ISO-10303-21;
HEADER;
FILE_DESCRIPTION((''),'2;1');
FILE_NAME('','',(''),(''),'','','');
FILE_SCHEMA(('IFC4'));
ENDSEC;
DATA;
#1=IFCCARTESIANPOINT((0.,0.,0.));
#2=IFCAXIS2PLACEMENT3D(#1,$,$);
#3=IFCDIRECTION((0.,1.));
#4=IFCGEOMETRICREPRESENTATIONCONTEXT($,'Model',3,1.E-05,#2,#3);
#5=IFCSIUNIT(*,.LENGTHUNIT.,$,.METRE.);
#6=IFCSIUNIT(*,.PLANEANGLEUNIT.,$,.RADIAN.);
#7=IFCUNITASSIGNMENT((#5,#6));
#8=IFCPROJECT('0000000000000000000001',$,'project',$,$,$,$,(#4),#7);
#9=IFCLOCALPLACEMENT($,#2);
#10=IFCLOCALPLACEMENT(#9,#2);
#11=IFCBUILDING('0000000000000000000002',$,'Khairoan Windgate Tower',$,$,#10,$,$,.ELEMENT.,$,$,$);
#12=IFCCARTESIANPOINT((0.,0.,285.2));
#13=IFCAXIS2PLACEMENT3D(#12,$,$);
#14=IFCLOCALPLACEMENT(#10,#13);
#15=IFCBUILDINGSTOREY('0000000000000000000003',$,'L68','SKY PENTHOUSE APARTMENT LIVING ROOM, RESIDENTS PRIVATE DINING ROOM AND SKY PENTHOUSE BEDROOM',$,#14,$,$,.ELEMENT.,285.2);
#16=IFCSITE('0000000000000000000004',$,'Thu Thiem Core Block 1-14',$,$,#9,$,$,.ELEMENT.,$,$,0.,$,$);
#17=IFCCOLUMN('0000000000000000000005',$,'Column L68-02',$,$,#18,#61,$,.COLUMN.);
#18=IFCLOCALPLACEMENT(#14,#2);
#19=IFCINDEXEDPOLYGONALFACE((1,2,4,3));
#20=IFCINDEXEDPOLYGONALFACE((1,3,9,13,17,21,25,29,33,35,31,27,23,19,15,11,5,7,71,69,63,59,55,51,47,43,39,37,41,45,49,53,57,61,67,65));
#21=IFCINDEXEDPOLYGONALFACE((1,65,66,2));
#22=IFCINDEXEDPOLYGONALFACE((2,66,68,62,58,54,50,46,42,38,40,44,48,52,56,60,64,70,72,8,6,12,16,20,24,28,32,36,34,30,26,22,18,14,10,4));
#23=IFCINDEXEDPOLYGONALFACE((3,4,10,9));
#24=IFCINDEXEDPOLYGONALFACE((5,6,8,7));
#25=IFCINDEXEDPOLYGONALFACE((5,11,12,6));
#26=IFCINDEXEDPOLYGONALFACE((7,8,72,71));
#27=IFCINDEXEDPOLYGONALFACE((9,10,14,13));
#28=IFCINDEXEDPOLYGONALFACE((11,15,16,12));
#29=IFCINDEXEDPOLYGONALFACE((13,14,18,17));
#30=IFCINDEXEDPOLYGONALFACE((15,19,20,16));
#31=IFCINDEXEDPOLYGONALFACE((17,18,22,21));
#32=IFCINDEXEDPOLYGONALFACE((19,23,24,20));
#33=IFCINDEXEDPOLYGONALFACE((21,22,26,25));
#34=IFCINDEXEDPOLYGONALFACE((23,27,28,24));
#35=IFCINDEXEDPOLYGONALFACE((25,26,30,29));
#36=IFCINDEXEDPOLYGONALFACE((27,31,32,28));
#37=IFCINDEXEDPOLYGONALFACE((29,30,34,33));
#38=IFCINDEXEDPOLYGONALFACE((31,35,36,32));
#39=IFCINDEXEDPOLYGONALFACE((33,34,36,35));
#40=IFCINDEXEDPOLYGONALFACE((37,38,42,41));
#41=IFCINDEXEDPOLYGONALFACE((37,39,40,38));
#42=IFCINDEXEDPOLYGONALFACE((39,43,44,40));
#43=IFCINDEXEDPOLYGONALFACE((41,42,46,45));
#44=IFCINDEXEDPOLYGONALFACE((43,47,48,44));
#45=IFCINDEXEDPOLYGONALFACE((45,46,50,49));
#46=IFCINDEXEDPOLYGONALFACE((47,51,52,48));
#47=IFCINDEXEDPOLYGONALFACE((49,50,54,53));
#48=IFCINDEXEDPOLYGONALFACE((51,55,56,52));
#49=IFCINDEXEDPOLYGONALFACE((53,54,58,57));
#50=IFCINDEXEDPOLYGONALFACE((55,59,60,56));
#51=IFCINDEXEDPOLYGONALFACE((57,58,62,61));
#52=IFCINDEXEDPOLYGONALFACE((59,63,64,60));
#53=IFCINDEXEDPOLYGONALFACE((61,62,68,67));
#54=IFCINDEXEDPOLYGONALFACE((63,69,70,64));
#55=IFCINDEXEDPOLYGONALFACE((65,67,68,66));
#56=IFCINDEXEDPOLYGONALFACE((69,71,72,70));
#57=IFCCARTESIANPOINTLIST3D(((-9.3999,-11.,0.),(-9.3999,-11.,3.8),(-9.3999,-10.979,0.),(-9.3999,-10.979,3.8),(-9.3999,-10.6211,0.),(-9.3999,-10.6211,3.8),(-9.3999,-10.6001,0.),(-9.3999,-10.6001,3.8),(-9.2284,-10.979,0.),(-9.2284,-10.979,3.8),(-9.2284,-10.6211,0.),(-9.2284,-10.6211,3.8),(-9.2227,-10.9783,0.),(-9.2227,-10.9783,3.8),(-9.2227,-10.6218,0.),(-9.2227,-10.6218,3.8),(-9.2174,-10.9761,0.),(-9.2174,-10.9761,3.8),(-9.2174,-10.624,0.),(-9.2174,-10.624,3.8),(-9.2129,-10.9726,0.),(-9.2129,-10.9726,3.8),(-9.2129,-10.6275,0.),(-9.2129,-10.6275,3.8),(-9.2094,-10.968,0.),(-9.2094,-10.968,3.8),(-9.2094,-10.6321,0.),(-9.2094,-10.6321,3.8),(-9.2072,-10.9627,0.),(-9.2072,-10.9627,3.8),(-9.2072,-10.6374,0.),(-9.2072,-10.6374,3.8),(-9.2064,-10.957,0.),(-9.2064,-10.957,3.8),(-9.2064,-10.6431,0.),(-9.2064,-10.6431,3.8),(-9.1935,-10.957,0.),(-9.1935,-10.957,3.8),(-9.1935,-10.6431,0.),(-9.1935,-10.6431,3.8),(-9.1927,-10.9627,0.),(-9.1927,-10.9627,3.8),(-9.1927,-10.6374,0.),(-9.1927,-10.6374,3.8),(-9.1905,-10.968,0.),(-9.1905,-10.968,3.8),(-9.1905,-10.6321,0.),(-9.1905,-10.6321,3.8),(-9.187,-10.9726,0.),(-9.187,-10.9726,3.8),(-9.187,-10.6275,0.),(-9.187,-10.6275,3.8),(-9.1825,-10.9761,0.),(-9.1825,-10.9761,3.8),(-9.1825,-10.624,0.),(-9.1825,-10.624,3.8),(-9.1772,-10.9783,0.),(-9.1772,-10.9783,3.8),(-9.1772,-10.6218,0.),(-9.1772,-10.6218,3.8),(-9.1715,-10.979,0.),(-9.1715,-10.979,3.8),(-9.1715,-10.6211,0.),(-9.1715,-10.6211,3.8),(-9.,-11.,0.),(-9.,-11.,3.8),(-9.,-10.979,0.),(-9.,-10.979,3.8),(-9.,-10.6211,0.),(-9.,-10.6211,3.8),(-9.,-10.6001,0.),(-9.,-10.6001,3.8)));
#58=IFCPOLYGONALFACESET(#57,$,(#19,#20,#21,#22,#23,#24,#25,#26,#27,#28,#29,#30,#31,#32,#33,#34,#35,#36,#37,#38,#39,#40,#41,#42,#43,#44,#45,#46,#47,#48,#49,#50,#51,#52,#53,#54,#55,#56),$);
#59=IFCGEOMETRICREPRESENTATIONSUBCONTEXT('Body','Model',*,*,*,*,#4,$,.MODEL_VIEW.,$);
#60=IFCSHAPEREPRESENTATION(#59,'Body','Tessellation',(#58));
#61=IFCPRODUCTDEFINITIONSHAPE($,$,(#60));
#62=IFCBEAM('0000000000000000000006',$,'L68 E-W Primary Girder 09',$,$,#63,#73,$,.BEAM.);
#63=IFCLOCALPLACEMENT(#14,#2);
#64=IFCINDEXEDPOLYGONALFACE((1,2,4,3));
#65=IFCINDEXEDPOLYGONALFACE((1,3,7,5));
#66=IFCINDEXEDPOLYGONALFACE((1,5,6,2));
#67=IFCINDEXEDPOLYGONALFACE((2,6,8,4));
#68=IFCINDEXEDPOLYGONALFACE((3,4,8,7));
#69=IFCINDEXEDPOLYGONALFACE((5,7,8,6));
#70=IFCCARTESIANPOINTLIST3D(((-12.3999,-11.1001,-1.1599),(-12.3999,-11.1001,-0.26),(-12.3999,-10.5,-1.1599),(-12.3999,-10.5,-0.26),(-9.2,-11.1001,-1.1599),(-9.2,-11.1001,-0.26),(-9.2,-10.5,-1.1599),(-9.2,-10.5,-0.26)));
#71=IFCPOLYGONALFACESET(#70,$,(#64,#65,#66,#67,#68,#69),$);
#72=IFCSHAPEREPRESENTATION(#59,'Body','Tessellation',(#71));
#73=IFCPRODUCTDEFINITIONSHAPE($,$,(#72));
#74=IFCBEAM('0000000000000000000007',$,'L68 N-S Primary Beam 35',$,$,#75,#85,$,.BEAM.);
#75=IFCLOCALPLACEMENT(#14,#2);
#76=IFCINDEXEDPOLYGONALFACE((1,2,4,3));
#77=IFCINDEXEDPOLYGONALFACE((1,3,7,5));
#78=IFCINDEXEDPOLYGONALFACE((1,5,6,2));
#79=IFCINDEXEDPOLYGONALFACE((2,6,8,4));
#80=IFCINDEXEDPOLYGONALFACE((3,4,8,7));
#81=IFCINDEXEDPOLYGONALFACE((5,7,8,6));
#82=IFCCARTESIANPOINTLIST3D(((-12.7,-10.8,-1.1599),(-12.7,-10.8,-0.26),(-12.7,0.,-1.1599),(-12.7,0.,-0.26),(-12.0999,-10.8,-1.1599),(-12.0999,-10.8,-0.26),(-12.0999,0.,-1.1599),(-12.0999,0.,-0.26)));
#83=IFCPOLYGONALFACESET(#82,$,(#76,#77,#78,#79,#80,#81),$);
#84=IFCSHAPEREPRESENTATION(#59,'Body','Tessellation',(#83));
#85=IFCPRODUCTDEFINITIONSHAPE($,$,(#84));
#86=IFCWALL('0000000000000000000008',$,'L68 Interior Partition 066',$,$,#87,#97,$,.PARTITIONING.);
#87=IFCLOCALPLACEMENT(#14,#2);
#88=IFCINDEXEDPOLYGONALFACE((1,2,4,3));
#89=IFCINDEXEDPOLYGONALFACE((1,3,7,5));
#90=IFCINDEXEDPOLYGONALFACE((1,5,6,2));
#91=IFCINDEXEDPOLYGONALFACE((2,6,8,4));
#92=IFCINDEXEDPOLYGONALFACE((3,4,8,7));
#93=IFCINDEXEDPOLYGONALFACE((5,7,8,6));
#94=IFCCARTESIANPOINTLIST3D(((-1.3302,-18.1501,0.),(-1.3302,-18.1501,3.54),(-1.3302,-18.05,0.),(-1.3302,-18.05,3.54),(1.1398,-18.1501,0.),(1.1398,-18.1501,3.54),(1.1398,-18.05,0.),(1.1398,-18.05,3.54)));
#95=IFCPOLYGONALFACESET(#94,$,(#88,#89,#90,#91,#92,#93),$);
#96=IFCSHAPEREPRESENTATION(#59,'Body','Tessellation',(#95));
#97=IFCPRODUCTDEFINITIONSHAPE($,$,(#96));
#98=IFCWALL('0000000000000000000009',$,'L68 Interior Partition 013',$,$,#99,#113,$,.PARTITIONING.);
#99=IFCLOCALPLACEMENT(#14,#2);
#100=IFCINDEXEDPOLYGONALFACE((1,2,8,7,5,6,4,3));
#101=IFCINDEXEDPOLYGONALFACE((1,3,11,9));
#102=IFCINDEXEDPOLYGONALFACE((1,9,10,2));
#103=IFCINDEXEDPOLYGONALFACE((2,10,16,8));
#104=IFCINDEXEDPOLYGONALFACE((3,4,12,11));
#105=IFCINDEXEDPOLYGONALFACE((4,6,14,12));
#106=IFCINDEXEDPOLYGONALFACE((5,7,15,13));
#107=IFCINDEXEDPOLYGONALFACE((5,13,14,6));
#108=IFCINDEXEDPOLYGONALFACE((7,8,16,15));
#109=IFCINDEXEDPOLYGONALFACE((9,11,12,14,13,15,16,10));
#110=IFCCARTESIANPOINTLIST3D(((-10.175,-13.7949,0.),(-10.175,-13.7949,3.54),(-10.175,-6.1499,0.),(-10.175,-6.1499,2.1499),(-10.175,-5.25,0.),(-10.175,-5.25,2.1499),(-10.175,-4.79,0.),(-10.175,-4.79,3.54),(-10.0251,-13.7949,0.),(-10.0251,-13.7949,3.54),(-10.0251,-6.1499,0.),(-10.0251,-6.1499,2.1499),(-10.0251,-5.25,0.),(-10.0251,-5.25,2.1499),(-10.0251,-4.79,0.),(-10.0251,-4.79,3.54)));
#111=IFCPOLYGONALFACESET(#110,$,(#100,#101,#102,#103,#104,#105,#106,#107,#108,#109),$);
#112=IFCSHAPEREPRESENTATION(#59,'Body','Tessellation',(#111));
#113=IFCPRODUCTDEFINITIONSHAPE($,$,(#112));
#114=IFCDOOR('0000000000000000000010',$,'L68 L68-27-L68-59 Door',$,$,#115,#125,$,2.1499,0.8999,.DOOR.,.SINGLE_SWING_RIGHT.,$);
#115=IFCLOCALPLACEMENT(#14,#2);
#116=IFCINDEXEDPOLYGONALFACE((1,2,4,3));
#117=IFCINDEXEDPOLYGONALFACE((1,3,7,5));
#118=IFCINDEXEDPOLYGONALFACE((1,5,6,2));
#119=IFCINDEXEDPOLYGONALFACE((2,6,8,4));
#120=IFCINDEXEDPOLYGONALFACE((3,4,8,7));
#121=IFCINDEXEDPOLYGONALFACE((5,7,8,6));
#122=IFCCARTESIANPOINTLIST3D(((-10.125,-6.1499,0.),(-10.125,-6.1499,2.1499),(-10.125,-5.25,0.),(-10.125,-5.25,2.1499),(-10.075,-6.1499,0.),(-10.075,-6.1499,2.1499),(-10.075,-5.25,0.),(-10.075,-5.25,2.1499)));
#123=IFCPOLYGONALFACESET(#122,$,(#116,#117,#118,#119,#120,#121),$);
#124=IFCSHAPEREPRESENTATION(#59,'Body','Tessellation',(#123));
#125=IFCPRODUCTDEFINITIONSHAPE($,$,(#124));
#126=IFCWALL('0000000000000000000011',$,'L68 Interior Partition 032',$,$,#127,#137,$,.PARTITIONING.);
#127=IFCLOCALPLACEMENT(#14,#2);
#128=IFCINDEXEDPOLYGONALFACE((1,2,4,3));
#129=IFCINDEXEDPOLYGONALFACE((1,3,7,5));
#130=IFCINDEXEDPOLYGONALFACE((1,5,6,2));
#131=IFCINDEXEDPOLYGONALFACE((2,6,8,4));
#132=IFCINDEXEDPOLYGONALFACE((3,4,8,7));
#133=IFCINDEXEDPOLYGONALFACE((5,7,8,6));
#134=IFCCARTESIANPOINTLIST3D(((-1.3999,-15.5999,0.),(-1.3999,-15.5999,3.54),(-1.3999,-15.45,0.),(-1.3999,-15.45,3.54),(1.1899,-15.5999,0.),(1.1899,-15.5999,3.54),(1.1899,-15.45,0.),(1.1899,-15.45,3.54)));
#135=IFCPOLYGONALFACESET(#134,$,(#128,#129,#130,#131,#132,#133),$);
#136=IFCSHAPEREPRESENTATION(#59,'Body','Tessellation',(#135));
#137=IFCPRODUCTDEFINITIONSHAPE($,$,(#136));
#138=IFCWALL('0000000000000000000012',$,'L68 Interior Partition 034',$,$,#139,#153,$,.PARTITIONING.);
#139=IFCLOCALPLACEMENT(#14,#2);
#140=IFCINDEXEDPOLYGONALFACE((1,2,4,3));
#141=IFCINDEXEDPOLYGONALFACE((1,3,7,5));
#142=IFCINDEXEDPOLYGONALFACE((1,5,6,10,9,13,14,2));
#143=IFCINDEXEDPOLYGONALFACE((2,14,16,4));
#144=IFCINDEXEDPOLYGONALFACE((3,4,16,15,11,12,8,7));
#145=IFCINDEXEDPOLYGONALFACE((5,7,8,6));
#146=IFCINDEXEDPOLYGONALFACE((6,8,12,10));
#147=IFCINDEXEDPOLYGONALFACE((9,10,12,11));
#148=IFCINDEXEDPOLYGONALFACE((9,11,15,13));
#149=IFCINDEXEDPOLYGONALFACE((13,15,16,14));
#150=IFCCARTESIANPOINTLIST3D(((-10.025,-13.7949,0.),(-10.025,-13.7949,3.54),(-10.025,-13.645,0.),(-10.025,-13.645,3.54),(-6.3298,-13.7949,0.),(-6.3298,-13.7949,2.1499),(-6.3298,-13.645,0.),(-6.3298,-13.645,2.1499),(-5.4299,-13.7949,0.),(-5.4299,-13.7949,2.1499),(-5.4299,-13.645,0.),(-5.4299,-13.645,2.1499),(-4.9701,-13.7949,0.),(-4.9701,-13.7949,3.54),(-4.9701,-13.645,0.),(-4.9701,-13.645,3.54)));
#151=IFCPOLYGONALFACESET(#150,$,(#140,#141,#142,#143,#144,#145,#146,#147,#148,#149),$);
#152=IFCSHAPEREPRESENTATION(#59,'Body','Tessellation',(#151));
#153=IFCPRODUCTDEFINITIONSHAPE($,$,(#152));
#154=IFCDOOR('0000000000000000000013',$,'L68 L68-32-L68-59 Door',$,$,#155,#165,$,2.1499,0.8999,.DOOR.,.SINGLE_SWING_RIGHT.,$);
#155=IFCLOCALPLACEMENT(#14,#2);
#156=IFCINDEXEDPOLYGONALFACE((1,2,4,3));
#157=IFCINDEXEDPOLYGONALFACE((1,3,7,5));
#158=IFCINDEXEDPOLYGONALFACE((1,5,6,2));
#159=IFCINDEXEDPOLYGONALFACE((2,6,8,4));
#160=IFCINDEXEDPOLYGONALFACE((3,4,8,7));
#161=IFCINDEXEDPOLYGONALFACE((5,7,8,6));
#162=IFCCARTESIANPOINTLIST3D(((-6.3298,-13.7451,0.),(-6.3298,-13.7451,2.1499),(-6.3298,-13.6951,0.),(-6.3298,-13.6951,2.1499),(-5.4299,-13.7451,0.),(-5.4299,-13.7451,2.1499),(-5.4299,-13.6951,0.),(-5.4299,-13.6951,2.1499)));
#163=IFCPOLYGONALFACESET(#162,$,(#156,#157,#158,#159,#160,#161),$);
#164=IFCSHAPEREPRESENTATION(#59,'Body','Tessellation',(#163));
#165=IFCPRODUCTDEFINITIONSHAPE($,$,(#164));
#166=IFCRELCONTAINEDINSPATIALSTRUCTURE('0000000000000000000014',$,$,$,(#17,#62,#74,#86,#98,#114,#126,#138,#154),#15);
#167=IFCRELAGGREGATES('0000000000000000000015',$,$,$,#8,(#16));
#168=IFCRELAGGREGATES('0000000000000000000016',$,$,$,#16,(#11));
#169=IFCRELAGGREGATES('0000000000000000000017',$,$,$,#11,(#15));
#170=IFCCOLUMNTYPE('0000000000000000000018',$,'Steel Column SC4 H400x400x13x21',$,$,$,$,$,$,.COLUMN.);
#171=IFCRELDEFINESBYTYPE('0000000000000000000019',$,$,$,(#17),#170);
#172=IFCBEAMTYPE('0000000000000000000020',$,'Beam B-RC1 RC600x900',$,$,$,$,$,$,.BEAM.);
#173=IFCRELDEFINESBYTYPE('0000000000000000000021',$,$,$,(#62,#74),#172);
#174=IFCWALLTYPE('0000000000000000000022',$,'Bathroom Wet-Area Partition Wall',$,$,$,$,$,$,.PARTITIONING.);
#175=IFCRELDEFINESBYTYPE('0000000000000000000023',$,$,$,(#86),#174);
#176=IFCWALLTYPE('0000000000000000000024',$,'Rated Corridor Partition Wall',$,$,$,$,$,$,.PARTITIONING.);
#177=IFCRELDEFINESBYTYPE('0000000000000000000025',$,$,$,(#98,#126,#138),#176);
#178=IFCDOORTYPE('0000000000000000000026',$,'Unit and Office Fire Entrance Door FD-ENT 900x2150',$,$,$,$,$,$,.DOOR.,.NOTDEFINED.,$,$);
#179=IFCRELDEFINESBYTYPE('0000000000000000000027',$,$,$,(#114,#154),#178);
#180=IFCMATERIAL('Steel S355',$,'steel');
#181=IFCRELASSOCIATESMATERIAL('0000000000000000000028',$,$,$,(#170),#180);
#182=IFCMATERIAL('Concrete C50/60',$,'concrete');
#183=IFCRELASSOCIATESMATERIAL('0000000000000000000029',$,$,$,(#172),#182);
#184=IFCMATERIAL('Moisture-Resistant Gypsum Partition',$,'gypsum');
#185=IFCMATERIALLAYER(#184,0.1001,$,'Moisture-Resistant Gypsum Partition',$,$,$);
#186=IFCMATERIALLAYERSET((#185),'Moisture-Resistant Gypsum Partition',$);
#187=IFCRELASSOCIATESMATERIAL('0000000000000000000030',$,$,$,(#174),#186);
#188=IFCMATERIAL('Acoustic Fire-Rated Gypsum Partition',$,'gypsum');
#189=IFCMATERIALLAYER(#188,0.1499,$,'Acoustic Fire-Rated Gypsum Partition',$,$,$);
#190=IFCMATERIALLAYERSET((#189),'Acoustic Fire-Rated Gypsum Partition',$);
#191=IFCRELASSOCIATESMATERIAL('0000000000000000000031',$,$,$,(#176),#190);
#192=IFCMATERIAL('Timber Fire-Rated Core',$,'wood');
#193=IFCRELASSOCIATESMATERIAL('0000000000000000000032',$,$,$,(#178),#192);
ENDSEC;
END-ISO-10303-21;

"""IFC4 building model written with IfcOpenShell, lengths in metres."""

from ifc_helpers import new_model, si_unit, direction, frame, frame_2d, origin, origin_2d, place, context, subcontext, project, spatial, rectangle, i_section, extrude, material, layer, layer_set, material_profile, profile_set, type_object, element, fill, save


model = new_model("IFC4")

# Units and contexts
model_context = context("Model", 3, precision=1e-05, world=origin(), true_north=direction((0.0, 1.0)))
body_context = subcontext(model_context, "Body", "Model", "MODEL_VIEW")
ifc_project = project(units=[si_unit("LENGTHUNIT", "METRE"), si_unit("PLANEANGLEUNIT", "RADIAN")], contexts=[model_context])

# Site, building, storey
site_placement = place(None, origin())
site = spatial("IfcSite", under=ifc_project, at=site_placement, Name="Thu Thiem Core Block 1-14", CompositionType="ELEMENT", RefElevation=0.0)
building_placement = place(site_placement, origin())
building = spatial("IfcBuilding", under=site, at=building_placement, Name="Khairoan Windgate Tower", CompositionType="ELEMENT")
storey_placement = place(building_placement, frame((0.0, 0.0, 285.2)))
storey = spatial("IfcBuildingStorey", under=building, at=storey_placement, Name="L68", Description="SKY PENTHOUSE APARTMENT LIVING ROOM, RESIDENTS PRIVATE DINING ROOM AND SKY PENTHOUSE BEDROOM", CompositionType="ELEMENT", Elevation=285.2)

# Column
ifc_material_1 = material(Name="Steel S355", Category="steel")
ifc_material_profile_1 = material_profile(ifc_material_1, i_section(OverallWidth=0.3999, OverallDepth=0.3999, WebThickness=0.0129, FlangeThickness=0.021, FilletRadius=0.022, at=origin_2d()))
ifc_profile_set_1 = profile_set([ifc_material_profile_1], Name="Steel S355")
column_type = type_object("IfcColumnType", Name="Steel Column SC4 H400x400x13x21", PredefinedType="COLUMN", material=ifc_profile_set_1)
column_placement = place(storey_placement, frame((-9.2, -10.8, 0.0), z_axis=(0.0, 0.0, 1.0), x_axis=(1.0, 0.0, 0.0)))
element("IfcColumn", 1, at=column_placement, inside=storey, type_object=column_type, Name="Column L68-02", PredefinedType="COLUMN", context=body_context, shape_type="SweptSolid", body=[
    extrude(i_section(OverallWidth=0.3999, OverallDepth=0.3999, WebThickness=0.0129, FlangeThickness=0.021, FilletRadius=0.022, at=origin_2d()), origin(), (0.0, 0.0, 1.0), 3.8),
])

# Beams
ifc_material_2 = material(Name="Concrete C50/60", Category="concrete")
ifc_material_profile_2 = material_profile(ifc_material_2, rectangle(XDim=0.6001, YDim=0.8999, at=origin_2d()))
ifc_profile_set_2 = profile_set([ifc_material_profile_2], Name="Concrete C50/60")
beam_type = type_object("IfcBeamType", Name="Beam B-RC1 RC600x900", PredefinedType="BEAM", material=ifc_profile_set_2)
beam_1_placement = place(storey_placement, frame((-12.3999, -10.8, -0.71), z_axis=(1.0, 0.0, 0.0), x_axis=(0.0, 1.0, 0.0)))
element("IfcBeam", 2, at=beam_1_placement, inside=storey, type_object=beam_type, Name="L68 E-W Primary Girder 09", PredefinedType="BEAM", context=body_context, shape_type="SweptSolid", body=[
    extrude(rectangle(XDim=0.6001, YDim=0.8999, at=origin_2d()), origin(), (0.0, 0.0, 1.0), 3.2),
])
beam_2_placement = place(storey_placement, frame((-12.3999, -10.8, -0.71), z_axis=(0.0, 1.0, 0.0), x_axis=(-1.0, 0.0, 0.0)))
element("IfcBeam", 3, at=beam_2_placement, inside=storey, type_object=beam_type, Name="L68 N-S Primary Beam 35", PredefinedType="BEAM", context=body_context, shape_type="SweptSolid", body=[
    extrude(rectangle(XDim=0.6001, YDim=0.8999, at=origin_2d()), origin(), (0.0, 0.0, 1.0), 10.8),
])

# Wall
ifc_material_3 = material(Name="Moisture-Resistant Gypsum Partition", Category="gypsum")
ifc_layer_1 = layer(ifc_material_3, 0.1001, Name="Moisture-Resistant Gypsum Partition")
ifc_layer_set_1 = layer_set([ifc_layer_1], Name="Moisture-Resistant Gypsum Partition")
wall_type_1 = type_object("IfcWallType", Name="Bathroom Wet-Area Partition Wall", PredefinedType="PARTITIONING", material=ifc_layer_set_1)
wall_1_placement = place(storey_placement, frame((-1.3301, -18.1001, 0.0), z_axis=(0.0, 0.0, 1.0), x_axis=(1.0, 0.0, 0.0)))
element("IfcWall", 4, at=wall_1_placement, inside=storey, type_object=wall_type_1, Name="L68 Interior Partition 066", PredefinedType="PARTITIONING", context=body_context, shape_type="SweptSolid", body=[
    extrude(rectangle(XDim=2.47, YDim=0.1001, at=frame_2d((1.2349, 0.0))), origin(), (0.0, 0.0, 1.0), 3.54),
])

# Wall, opening, door
ifc_material_4 = material(Name="Acoustic Fire-Rated Gypsum Partition", Category="gypsum")
ifc_layer_2 = layer(ifc_material_4, 0.1499, Name="Acoustic Fire-Rated Gypsum Partition")
ifc_layer_set_2 = layer_set([ifc_layer_2], Name="Acoustic Fire-Rated Gypsum Partition")
wall_type_2 = type_object("IfcWallType", Name="Rated Corridor Partition Wall", PredefinedType="PARTITIONING", material=ifc_layer_set_2)
wall_2_placement = place(storey_placement, frame((-10.1001, -13.7949, 0.0), z_axis=(0.0, 0.0, 1.0), x_axis=(0.0, 1.0, 0.0)))
wall_2 = element("IfcWall", 5, at=wall_2_placement, inside=storey, type_object=wall_type_2, Name="L68 Interior Partition 013", PredefinedType="PARTITIONING", context=body_context, shape_type="SweptSolid", body=[
    extrude(rectangle(XDim=9.0049, YDim=0.1499, at=frame_2d((4.5024, 0.0))), origin(), (0.0, 0.0, 1.0), 3.54),
])
opening_1_placement = place(wall_2_placement, frame((7.645, 0.0, 0.0)))
opening_1 = element("IfcOpeningElement", 6, at=opening_1_placement, cuts=wall_2, PredefinedType="OPENING", context=body_context, shape_type="SweptSolid", body=[
    extrude(rectangle(XDim=0.8999, YDim=2.1499, at=frame_2d((0.45, 1.075))), frame((0.0, 0.085, 0.0), z_axis=(0.0, -1.0, 0.0), x_axis=(1.0, 0.0, 0.0)), (0.0, 0.0, 1.0), 0.1699),
])
ifc_material_5 = material(Name="Timber Fire-Rated Core", Category="wood")
door_type_1 = type_object("IfcDoorType", Name="Unit and Office Fire Entrance Door FD-ENT 900x2150", OperationType="NOTDEFINED", PredefinedType="DOOR", material=ifc_material_5)
door_1_placement = place(opening_1_placement, origin())
door_1 = element("IfcDoor", 7, at=door_1_placement, inside=storey, type_object=door_type_1, Name="L68 L68-27-L68-59 Door", OperationType="SINGLE_SWING_RIGHT", OverallHeight=2.1499, OverallWidth=0.8999, PredefinedType="DOOR", context=body_context, shape_type="SweptSolid", body=[
    extrude(rectangle(XDim=0.8999, YDim=2.1499, at=frame_2d((0.45, 1.075))), frame((0.0, 0.0249, 0.0), z_axis=(0.0, -1.0, 0.0), x_axis=(1.0, 0.0, 0.0)), (0.0, 0.0, 1.0), 0.05),
])
fill(opening_1, door_1)

# Wall
wall_3_placement = place(storey_placement, frame((-1.3999, -15.5249, 0.0), z_axis=(0.0, 0.0, 1.0), x_axis=(1.0, 0.0, 0.0)))
element("IfcWall", 8, at=wall_3_placement, inside=storey, type_object=wall_type_2, Name="L68 Interior Partition 032", PredefinedType="PARTITIONING", context=body_context, shape_type="SweptSolid", body=[
    extrude(rectangle(XDim=2.5898, YDim=0.1499, at=frame_2d((1.2949, 0.0))), origin(), (0.0, 0.0, 1.0), 3.54),
])

# Wall, opening, door
wall_4_placement = place(storey_placement, frame((-10.0249, -13.72, 0.0), z_axis=(0.0, 0.0, 1.0), x_axis=(1.0, 0.0, 0.0)))
wall_4 = element("IfcWall", 9, at=wall_4_placement, inside=storey, type_object=wall_type_2, Name="L68 Interior Partition 034", PredefinedType="PARTITIONING", context=body_context, shape_type="SweptSolid", body=[
    extrude(rectangle(XDim=5.0549, YDim=0.1499, at=frame_2d((2.5273, 0.0))), origin(), (0.0, 0.0, 1.0), 3.54),
])
opening_2_placement = place(wall_4_placement, frame((3.6951, 0.0, 0.0)))
opening_2 = element("IfcOpeningElement", 10, at=opening_2_placement, cuts=wall_4, PredefinedType="OPENING", context=body_context, shape_type="SweptSolid", body=[
    extrude(rectangle(XDim=0.8999, YDim=2.1499, at=frame_2d((0.45, 1.075))), frame((0.0, 0.085, 0.0), z_axis=(0.0, -1.0, 0.0), x_axis=(1.0, 0.0, 0.0)), (0.0, 0.0, 1.0), 0.1699),
])
door_2_placement = place(opening_2_placement, origin())
door_2 = element("IfcDoor", 11, at=door_2_placement, inside=storey, type_object=door_type_1, Name="L68 L68-32-L68-59 Door", OperationType="SINGLE_SWING_RIGHT", OverallHeight=2.1499, OverallWidth=0.8999, PredefinedType="DOOR", context=body_context, shape_type="SweptSolid", body=[
    extrude(rectangle(XDim=0.8999, YDim=2.1499, at=frame_2d((0.45, 1.075))), frame((0.0, 0.0249, 0.0), z_axis=(0.0, -1.0, 0.0), x_axis=(1.0, 0.0, 0.0)), (0.0, 0.0, 1.0), 0.05),
])
fill(opening_2, door_2)

save(model, "model.ifc")
